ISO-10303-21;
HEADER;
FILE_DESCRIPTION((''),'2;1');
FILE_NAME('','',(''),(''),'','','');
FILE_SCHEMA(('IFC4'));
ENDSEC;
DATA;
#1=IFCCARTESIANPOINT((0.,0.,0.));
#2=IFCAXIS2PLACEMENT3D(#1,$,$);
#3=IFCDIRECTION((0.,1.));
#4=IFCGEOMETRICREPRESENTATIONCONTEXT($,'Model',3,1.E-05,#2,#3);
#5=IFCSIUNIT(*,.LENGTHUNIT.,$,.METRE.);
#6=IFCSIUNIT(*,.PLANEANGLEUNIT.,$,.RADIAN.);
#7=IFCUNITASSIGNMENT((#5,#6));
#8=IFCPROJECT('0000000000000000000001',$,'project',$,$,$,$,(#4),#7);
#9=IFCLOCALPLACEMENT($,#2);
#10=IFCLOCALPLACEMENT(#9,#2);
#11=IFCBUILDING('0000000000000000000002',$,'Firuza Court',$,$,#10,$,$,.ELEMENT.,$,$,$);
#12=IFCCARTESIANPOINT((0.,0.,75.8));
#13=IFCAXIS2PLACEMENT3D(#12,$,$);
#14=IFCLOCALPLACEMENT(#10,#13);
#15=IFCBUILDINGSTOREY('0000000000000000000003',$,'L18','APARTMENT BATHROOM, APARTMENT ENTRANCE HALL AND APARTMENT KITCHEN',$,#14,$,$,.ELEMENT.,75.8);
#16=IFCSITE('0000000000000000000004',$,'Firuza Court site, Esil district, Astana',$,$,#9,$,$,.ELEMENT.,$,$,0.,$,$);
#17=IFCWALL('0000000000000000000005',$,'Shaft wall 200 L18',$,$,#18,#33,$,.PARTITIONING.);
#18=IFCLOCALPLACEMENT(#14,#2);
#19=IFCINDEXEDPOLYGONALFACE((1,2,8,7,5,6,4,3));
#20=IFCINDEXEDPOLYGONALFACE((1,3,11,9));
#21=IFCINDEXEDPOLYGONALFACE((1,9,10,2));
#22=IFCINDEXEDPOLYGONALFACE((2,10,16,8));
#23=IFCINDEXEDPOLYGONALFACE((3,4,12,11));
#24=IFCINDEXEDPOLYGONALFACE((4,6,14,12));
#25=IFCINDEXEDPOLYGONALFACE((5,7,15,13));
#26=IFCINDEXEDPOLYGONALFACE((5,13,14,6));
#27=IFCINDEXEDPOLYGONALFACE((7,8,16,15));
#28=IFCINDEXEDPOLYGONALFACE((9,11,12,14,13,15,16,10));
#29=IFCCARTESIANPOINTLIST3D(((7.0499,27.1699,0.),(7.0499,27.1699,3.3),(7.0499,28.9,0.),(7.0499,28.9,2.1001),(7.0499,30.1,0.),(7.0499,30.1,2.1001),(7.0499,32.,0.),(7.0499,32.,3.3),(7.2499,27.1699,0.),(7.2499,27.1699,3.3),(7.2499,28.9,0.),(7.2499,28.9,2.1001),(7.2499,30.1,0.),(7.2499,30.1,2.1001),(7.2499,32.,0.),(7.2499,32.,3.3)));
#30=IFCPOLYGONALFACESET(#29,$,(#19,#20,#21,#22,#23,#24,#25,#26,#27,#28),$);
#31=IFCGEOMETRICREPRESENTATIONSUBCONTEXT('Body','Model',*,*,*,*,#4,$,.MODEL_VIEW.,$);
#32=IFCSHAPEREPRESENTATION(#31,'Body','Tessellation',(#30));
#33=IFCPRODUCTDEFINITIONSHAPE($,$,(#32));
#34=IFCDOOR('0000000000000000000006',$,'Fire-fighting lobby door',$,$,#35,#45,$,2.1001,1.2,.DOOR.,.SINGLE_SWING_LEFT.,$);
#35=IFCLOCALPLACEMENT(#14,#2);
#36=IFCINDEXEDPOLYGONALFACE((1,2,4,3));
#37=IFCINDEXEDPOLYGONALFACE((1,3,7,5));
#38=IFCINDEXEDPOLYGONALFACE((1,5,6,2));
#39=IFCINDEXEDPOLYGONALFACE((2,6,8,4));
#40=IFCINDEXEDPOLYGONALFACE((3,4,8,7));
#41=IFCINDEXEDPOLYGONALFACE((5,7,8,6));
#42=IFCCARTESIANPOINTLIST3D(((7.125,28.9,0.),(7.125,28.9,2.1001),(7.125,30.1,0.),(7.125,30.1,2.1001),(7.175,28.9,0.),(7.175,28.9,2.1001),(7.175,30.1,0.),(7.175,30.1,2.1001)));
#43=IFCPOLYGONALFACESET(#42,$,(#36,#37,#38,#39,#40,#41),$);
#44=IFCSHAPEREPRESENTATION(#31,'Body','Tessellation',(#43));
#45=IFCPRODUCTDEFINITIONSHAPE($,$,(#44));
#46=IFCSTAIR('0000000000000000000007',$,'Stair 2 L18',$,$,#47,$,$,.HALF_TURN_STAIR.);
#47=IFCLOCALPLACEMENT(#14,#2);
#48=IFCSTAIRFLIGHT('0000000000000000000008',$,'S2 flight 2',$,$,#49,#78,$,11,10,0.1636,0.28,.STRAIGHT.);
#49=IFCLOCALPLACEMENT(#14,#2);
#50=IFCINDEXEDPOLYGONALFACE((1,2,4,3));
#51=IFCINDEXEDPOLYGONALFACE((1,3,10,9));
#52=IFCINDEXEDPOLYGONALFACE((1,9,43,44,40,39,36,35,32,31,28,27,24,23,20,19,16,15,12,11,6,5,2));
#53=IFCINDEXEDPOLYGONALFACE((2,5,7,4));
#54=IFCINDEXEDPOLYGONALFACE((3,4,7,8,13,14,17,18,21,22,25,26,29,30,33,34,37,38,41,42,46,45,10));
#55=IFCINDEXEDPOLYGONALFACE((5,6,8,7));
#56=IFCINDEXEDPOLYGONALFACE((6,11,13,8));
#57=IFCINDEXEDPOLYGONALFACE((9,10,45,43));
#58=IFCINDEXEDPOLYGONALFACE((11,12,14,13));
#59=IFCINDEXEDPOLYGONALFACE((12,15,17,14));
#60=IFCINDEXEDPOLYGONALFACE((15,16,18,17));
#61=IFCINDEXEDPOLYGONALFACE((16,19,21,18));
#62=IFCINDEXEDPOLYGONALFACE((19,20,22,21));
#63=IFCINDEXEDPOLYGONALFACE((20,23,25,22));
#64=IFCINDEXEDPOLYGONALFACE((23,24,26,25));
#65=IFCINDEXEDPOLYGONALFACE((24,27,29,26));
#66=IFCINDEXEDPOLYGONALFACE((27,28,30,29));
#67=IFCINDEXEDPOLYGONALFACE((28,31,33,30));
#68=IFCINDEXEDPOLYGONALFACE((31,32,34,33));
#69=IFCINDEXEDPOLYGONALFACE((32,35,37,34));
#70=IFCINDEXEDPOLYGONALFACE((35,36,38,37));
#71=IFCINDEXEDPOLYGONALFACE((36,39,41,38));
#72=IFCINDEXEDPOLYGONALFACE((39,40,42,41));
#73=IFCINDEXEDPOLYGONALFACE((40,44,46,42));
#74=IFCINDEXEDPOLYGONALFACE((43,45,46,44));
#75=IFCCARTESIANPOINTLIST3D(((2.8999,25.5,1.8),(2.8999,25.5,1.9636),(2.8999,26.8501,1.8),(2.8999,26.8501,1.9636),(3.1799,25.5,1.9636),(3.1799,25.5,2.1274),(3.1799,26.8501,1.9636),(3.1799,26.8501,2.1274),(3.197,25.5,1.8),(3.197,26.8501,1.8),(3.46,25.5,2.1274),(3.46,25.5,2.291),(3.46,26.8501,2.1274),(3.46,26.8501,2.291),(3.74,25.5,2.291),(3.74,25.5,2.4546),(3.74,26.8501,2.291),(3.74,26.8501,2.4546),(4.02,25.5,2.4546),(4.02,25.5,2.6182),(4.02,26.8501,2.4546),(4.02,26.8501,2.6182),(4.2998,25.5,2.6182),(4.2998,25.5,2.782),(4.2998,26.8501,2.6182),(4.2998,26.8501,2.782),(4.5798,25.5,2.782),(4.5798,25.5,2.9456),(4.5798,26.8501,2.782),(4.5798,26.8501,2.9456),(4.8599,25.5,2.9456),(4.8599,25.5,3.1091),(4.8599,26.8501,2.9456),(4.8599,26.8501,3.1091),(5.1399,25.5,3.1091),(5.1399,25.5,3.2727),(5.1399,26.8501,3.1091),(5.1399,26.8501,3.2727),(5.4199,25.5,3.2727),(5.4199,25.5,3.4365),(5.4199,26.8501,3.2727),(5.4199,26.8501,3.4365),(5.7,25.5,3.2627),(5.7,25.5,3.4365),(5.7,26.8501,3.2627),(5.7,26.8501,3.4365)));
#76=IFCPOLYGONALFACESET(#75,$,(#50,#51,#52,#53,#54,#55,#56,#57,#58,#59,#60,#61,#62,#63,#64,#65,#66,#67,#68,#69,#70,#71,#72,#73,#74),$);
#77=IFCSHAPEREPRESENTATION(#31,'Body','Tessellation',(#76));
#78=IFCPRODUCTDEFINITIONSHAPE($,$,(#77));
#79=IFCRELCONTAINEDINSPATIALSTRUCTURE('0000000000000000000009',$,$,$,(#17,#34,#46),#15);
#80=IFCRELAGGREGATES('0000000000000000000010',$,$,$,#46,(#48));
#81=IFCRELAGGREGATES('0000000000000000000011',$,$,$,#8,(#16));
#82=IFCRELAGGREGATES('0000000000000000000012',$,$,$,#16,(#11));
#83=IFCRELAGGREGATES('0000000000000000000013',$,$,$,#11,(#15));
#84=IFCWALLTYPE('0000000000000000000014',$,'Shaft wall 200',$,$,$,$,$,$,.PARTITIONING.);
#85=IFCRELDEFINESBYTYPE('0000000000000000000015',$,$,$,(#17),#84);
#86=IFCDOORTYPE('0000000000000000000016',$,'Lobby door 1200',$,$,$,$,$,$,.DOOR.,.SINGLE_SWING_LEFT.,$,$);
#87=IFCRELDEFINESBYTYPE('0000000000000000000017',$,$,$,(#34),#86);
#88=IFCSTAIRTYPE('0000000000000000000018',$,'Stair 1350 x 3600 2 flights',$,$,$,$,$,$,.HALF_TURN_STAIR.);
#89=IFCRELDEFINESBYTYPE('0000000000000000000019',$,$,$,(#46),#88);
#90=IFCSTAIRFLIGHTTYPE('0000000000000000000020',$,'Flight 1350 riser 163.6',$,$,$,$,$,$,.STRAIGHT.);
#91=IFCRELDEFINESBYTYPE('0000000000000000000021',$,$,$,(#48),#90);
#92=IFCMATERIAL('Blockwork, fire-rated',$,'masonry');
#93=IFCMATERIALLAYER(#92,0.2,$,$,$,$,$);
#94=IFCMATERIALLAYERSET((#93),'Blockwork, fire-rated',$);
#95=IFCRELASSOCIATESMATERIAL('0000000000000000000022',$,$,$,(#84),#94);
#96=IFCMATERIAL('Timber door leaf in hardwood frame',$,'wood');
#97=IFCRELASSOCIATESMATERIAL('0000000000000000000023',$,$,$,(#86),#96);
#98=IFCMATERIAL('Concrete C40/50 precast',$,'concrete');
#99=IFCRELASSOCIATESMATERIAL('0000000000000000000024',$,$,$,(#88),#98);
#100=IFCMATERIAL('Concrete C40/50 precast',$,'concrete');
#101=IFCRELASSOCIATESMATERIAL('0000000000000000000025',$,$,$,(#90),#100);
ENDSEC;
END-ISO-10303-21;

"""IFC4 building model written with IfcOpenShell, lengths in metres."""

from ifc_helpers import new_model, si_unit, direction, frame, frame_2d, origin, place, context, subcontext, project, spatial, polyline, rectangle, outline, extrude, material, layer, layer_set, type_object, element, fill, aggregate, save


model = new_model("IFC4")

# Units and contexts
model_context = context("Model", 3, precision=1e-05, world=origin(), true_north=direction((0.0, 1.0)))
body_context = subcontext(model_context, "Body", "Model", "MODEL_VIEW")
ifc_project = project(units=[si_unit("LENGTHUNIT", "METRE"), si_unit("PLANEANGLEUNIT", "RADIAN")], contexts=[model_context])

# Site, building, storey
site_placement = place(None, origin())
site = spatial("IfcSite", under=ifc_project, at=site_placement, Name="Firuza Court site, Esil district, Astana", CompositionType="ELEMENT", RefElevation=0.0)
building_placement = place(site_placement, origin())
building = spatial("IfcBuilding", under=site, at=building_placement, Name="Firuza Court", CompositionType="ELEMENT")
storey_placement = place(building_placement, frame((0.0, 0.0, 75.8)))
storey = spatial("IfcBuildingStorey", under=building, at=storey_placement, Name="L18", Description="APARTMENT BATHROOM, APARTMENT ENTRANCE HALL AND APARTMENT KITCHEN", CompositionType="ELEMENT", Elevation=75.8)

# Shared definitions
ifc_material_1 = material(Name="Blockwork, fire-rated", Category="masonry")
ifc_layer_1 = layer(ifc_material_1, 0.2)
ifc_layer_set_1 = layer_set([ifc_layer_1], Name="Blockwork, fire-rated")
wall_type_1 = type_object("IfcWallType", Name="Shaft wall 200", PredefinedType="PARTITIONING", material=ifc_layer_set_1)

# Shared definitions
ifc_material_2 = material(Name="Timber door leaf in hardwood frame", Category="wood")
door_type_1 = type_object("IfcDoorType", Name="Lobby door 1200", OperationType="SINGLE_SWING_LEFT", PredefinedType="DOOR", material=ifc_material_2)

# Wall, opening, door
wall_1_placement = place(storey_placement, frame((7.1499, 27.1699, 0.0), z_axis=(0.0, 0.0, 1.0), x_axis=(0.0, 1.0, 0.0)))
wall_1 = element("IfcWall", 1, at=wall_1_placement, inside=storey, type_object=wall_type_1, Name="Shaft wall 200 L18", PredefinedType="PARTITIONING", context=body_context, shape_type="SweptSolid", body=[
    extrude(rectangle(XDim=4.8301, YDim=0.2, at=frame_2d((2.415, 0.0))), origin(), (0.0, 0.0, 1.0), 3.3),
])
opening_1_placement = place(wall_1_placement, frame((1.73, 0.0, 0.0)))
opening_1 = element("IfcOpeningElement", 2, at=opening_1_placement, cuts=wall_1, PredefinedType="OPENING", context=body_context, shape_type="SweptSolid", body=[
    extrude(rectangle(XDim=1.2, YDim=2.1001, at=frame_2d((0.6001, 1.05))), frame((0.0, 0.1118, 0.0), z_axis=(0.0, -1.0, 0.0), x_axis=(1.0, 0.0, 0.0)), (0.0, 0.0, 1.0), 0.2239),
])
door_1_placement = place(opening_1_placement, origin())
door_1 = element("IfcDoor", 3, at=door_1_placement, inside=storey, type_object=door_type_1, Name="Fire-fighting lobby door", OperationType="SINGLE_SWING_LEFT", OverallHeight=2.1001, OverallWidth=1.2, PredefinedType="DOOR", context=body_context, shape_type="SweptSolid", body=[
    extrude(rectangle(XDim=1.2, YDim=2.1001, at=frame_2d((0.6001, 1.05))), frame((0.0, 0.0249, 0.0), z_axis=(0.0, -1.0, 0.0), x_axis=(1.0, 0.0, 0.0)), (0.0, 0.0, 1.0), 0.05),
])
fill(opening_1, door_1)

# Stair, stair flight
ifc_material_3 = material(Name="Concrete C40/50 precast", Category="concrete")
stair_type = type_object("IfcStairType", Name="Stair 1350 x 3600 2 flights", PredefinedType="HALF_TURN_STAIR", material=ifc_material_3)
stair_placement = place(storey_placement, origin())
stair = element("IfcStair", 4, at=stair_placement, inside=storey, type_object=stair_type, Name="Stair 2 L18", PredefinedType="HALF_TURN_STAIR")
ifc_material_4 = material(Name="Concrete C40/50 precast", Category="concrete")
stair_flight_type = type_object("IfcStairFlightType", Name="Flight 1350 riser 163.6", PredefinedType="STRAIGHT", material=ifc_material_4)
stair_flight_placement = place(storey_placement, frame((2.8999, 26.175, 1.8), z_axis=(0.0, 0.0, 1.0), x_axis=(1.0, 0.0, 0.0)))
stair_flight = element("IfcStairFlight", 5, at=stair_flight_placement, type_object=stair_flight_type, Name="S2 flight 2", NumberOfRisers=11, NumberOfTreads=10, PredefinedType="STRAIGHT", RiserHeight=0.1636, TreadLength=0.28, context=body_context, shape_type="SweptSolid", body=[
    extrude(outline(polyline([(0.0, 0.0), (0.0, 0.1636), (0.28, 0.1636), (0.28, 0.3274), (0.5601, 0.3274), (0.5601, 0.491), (0.8401, 0.491), (0.8401, 0.6545), (1.1201, 0.6545), (1.1201, 0.8181), (1.3999, 0.8181), (1.3999, 0.9819), (1.6799, 0.9819), (1.6799, 1.1455), (1.96, 1.1455), (1.96, 1.3091), (2.24, 1.3091), (2.24, 1.4727), (2.52, 1.4727), (2.52, 1.6365), (2.8, 1.6365), (2.8, 1.8), (2.8, 1.4626), (0.2971, 0.0), (0.0, 0.0)])), frame((0.0, 0.675, 0.0), z_axis=(0.0, -1.0, 0.0), x_axis=(1.0, 0.0, 0.0)), (0.0, 0.0, 1.0), 1.3501),
])
aggregate(stair, [stair_flight])

save(model, "model.ifc")
